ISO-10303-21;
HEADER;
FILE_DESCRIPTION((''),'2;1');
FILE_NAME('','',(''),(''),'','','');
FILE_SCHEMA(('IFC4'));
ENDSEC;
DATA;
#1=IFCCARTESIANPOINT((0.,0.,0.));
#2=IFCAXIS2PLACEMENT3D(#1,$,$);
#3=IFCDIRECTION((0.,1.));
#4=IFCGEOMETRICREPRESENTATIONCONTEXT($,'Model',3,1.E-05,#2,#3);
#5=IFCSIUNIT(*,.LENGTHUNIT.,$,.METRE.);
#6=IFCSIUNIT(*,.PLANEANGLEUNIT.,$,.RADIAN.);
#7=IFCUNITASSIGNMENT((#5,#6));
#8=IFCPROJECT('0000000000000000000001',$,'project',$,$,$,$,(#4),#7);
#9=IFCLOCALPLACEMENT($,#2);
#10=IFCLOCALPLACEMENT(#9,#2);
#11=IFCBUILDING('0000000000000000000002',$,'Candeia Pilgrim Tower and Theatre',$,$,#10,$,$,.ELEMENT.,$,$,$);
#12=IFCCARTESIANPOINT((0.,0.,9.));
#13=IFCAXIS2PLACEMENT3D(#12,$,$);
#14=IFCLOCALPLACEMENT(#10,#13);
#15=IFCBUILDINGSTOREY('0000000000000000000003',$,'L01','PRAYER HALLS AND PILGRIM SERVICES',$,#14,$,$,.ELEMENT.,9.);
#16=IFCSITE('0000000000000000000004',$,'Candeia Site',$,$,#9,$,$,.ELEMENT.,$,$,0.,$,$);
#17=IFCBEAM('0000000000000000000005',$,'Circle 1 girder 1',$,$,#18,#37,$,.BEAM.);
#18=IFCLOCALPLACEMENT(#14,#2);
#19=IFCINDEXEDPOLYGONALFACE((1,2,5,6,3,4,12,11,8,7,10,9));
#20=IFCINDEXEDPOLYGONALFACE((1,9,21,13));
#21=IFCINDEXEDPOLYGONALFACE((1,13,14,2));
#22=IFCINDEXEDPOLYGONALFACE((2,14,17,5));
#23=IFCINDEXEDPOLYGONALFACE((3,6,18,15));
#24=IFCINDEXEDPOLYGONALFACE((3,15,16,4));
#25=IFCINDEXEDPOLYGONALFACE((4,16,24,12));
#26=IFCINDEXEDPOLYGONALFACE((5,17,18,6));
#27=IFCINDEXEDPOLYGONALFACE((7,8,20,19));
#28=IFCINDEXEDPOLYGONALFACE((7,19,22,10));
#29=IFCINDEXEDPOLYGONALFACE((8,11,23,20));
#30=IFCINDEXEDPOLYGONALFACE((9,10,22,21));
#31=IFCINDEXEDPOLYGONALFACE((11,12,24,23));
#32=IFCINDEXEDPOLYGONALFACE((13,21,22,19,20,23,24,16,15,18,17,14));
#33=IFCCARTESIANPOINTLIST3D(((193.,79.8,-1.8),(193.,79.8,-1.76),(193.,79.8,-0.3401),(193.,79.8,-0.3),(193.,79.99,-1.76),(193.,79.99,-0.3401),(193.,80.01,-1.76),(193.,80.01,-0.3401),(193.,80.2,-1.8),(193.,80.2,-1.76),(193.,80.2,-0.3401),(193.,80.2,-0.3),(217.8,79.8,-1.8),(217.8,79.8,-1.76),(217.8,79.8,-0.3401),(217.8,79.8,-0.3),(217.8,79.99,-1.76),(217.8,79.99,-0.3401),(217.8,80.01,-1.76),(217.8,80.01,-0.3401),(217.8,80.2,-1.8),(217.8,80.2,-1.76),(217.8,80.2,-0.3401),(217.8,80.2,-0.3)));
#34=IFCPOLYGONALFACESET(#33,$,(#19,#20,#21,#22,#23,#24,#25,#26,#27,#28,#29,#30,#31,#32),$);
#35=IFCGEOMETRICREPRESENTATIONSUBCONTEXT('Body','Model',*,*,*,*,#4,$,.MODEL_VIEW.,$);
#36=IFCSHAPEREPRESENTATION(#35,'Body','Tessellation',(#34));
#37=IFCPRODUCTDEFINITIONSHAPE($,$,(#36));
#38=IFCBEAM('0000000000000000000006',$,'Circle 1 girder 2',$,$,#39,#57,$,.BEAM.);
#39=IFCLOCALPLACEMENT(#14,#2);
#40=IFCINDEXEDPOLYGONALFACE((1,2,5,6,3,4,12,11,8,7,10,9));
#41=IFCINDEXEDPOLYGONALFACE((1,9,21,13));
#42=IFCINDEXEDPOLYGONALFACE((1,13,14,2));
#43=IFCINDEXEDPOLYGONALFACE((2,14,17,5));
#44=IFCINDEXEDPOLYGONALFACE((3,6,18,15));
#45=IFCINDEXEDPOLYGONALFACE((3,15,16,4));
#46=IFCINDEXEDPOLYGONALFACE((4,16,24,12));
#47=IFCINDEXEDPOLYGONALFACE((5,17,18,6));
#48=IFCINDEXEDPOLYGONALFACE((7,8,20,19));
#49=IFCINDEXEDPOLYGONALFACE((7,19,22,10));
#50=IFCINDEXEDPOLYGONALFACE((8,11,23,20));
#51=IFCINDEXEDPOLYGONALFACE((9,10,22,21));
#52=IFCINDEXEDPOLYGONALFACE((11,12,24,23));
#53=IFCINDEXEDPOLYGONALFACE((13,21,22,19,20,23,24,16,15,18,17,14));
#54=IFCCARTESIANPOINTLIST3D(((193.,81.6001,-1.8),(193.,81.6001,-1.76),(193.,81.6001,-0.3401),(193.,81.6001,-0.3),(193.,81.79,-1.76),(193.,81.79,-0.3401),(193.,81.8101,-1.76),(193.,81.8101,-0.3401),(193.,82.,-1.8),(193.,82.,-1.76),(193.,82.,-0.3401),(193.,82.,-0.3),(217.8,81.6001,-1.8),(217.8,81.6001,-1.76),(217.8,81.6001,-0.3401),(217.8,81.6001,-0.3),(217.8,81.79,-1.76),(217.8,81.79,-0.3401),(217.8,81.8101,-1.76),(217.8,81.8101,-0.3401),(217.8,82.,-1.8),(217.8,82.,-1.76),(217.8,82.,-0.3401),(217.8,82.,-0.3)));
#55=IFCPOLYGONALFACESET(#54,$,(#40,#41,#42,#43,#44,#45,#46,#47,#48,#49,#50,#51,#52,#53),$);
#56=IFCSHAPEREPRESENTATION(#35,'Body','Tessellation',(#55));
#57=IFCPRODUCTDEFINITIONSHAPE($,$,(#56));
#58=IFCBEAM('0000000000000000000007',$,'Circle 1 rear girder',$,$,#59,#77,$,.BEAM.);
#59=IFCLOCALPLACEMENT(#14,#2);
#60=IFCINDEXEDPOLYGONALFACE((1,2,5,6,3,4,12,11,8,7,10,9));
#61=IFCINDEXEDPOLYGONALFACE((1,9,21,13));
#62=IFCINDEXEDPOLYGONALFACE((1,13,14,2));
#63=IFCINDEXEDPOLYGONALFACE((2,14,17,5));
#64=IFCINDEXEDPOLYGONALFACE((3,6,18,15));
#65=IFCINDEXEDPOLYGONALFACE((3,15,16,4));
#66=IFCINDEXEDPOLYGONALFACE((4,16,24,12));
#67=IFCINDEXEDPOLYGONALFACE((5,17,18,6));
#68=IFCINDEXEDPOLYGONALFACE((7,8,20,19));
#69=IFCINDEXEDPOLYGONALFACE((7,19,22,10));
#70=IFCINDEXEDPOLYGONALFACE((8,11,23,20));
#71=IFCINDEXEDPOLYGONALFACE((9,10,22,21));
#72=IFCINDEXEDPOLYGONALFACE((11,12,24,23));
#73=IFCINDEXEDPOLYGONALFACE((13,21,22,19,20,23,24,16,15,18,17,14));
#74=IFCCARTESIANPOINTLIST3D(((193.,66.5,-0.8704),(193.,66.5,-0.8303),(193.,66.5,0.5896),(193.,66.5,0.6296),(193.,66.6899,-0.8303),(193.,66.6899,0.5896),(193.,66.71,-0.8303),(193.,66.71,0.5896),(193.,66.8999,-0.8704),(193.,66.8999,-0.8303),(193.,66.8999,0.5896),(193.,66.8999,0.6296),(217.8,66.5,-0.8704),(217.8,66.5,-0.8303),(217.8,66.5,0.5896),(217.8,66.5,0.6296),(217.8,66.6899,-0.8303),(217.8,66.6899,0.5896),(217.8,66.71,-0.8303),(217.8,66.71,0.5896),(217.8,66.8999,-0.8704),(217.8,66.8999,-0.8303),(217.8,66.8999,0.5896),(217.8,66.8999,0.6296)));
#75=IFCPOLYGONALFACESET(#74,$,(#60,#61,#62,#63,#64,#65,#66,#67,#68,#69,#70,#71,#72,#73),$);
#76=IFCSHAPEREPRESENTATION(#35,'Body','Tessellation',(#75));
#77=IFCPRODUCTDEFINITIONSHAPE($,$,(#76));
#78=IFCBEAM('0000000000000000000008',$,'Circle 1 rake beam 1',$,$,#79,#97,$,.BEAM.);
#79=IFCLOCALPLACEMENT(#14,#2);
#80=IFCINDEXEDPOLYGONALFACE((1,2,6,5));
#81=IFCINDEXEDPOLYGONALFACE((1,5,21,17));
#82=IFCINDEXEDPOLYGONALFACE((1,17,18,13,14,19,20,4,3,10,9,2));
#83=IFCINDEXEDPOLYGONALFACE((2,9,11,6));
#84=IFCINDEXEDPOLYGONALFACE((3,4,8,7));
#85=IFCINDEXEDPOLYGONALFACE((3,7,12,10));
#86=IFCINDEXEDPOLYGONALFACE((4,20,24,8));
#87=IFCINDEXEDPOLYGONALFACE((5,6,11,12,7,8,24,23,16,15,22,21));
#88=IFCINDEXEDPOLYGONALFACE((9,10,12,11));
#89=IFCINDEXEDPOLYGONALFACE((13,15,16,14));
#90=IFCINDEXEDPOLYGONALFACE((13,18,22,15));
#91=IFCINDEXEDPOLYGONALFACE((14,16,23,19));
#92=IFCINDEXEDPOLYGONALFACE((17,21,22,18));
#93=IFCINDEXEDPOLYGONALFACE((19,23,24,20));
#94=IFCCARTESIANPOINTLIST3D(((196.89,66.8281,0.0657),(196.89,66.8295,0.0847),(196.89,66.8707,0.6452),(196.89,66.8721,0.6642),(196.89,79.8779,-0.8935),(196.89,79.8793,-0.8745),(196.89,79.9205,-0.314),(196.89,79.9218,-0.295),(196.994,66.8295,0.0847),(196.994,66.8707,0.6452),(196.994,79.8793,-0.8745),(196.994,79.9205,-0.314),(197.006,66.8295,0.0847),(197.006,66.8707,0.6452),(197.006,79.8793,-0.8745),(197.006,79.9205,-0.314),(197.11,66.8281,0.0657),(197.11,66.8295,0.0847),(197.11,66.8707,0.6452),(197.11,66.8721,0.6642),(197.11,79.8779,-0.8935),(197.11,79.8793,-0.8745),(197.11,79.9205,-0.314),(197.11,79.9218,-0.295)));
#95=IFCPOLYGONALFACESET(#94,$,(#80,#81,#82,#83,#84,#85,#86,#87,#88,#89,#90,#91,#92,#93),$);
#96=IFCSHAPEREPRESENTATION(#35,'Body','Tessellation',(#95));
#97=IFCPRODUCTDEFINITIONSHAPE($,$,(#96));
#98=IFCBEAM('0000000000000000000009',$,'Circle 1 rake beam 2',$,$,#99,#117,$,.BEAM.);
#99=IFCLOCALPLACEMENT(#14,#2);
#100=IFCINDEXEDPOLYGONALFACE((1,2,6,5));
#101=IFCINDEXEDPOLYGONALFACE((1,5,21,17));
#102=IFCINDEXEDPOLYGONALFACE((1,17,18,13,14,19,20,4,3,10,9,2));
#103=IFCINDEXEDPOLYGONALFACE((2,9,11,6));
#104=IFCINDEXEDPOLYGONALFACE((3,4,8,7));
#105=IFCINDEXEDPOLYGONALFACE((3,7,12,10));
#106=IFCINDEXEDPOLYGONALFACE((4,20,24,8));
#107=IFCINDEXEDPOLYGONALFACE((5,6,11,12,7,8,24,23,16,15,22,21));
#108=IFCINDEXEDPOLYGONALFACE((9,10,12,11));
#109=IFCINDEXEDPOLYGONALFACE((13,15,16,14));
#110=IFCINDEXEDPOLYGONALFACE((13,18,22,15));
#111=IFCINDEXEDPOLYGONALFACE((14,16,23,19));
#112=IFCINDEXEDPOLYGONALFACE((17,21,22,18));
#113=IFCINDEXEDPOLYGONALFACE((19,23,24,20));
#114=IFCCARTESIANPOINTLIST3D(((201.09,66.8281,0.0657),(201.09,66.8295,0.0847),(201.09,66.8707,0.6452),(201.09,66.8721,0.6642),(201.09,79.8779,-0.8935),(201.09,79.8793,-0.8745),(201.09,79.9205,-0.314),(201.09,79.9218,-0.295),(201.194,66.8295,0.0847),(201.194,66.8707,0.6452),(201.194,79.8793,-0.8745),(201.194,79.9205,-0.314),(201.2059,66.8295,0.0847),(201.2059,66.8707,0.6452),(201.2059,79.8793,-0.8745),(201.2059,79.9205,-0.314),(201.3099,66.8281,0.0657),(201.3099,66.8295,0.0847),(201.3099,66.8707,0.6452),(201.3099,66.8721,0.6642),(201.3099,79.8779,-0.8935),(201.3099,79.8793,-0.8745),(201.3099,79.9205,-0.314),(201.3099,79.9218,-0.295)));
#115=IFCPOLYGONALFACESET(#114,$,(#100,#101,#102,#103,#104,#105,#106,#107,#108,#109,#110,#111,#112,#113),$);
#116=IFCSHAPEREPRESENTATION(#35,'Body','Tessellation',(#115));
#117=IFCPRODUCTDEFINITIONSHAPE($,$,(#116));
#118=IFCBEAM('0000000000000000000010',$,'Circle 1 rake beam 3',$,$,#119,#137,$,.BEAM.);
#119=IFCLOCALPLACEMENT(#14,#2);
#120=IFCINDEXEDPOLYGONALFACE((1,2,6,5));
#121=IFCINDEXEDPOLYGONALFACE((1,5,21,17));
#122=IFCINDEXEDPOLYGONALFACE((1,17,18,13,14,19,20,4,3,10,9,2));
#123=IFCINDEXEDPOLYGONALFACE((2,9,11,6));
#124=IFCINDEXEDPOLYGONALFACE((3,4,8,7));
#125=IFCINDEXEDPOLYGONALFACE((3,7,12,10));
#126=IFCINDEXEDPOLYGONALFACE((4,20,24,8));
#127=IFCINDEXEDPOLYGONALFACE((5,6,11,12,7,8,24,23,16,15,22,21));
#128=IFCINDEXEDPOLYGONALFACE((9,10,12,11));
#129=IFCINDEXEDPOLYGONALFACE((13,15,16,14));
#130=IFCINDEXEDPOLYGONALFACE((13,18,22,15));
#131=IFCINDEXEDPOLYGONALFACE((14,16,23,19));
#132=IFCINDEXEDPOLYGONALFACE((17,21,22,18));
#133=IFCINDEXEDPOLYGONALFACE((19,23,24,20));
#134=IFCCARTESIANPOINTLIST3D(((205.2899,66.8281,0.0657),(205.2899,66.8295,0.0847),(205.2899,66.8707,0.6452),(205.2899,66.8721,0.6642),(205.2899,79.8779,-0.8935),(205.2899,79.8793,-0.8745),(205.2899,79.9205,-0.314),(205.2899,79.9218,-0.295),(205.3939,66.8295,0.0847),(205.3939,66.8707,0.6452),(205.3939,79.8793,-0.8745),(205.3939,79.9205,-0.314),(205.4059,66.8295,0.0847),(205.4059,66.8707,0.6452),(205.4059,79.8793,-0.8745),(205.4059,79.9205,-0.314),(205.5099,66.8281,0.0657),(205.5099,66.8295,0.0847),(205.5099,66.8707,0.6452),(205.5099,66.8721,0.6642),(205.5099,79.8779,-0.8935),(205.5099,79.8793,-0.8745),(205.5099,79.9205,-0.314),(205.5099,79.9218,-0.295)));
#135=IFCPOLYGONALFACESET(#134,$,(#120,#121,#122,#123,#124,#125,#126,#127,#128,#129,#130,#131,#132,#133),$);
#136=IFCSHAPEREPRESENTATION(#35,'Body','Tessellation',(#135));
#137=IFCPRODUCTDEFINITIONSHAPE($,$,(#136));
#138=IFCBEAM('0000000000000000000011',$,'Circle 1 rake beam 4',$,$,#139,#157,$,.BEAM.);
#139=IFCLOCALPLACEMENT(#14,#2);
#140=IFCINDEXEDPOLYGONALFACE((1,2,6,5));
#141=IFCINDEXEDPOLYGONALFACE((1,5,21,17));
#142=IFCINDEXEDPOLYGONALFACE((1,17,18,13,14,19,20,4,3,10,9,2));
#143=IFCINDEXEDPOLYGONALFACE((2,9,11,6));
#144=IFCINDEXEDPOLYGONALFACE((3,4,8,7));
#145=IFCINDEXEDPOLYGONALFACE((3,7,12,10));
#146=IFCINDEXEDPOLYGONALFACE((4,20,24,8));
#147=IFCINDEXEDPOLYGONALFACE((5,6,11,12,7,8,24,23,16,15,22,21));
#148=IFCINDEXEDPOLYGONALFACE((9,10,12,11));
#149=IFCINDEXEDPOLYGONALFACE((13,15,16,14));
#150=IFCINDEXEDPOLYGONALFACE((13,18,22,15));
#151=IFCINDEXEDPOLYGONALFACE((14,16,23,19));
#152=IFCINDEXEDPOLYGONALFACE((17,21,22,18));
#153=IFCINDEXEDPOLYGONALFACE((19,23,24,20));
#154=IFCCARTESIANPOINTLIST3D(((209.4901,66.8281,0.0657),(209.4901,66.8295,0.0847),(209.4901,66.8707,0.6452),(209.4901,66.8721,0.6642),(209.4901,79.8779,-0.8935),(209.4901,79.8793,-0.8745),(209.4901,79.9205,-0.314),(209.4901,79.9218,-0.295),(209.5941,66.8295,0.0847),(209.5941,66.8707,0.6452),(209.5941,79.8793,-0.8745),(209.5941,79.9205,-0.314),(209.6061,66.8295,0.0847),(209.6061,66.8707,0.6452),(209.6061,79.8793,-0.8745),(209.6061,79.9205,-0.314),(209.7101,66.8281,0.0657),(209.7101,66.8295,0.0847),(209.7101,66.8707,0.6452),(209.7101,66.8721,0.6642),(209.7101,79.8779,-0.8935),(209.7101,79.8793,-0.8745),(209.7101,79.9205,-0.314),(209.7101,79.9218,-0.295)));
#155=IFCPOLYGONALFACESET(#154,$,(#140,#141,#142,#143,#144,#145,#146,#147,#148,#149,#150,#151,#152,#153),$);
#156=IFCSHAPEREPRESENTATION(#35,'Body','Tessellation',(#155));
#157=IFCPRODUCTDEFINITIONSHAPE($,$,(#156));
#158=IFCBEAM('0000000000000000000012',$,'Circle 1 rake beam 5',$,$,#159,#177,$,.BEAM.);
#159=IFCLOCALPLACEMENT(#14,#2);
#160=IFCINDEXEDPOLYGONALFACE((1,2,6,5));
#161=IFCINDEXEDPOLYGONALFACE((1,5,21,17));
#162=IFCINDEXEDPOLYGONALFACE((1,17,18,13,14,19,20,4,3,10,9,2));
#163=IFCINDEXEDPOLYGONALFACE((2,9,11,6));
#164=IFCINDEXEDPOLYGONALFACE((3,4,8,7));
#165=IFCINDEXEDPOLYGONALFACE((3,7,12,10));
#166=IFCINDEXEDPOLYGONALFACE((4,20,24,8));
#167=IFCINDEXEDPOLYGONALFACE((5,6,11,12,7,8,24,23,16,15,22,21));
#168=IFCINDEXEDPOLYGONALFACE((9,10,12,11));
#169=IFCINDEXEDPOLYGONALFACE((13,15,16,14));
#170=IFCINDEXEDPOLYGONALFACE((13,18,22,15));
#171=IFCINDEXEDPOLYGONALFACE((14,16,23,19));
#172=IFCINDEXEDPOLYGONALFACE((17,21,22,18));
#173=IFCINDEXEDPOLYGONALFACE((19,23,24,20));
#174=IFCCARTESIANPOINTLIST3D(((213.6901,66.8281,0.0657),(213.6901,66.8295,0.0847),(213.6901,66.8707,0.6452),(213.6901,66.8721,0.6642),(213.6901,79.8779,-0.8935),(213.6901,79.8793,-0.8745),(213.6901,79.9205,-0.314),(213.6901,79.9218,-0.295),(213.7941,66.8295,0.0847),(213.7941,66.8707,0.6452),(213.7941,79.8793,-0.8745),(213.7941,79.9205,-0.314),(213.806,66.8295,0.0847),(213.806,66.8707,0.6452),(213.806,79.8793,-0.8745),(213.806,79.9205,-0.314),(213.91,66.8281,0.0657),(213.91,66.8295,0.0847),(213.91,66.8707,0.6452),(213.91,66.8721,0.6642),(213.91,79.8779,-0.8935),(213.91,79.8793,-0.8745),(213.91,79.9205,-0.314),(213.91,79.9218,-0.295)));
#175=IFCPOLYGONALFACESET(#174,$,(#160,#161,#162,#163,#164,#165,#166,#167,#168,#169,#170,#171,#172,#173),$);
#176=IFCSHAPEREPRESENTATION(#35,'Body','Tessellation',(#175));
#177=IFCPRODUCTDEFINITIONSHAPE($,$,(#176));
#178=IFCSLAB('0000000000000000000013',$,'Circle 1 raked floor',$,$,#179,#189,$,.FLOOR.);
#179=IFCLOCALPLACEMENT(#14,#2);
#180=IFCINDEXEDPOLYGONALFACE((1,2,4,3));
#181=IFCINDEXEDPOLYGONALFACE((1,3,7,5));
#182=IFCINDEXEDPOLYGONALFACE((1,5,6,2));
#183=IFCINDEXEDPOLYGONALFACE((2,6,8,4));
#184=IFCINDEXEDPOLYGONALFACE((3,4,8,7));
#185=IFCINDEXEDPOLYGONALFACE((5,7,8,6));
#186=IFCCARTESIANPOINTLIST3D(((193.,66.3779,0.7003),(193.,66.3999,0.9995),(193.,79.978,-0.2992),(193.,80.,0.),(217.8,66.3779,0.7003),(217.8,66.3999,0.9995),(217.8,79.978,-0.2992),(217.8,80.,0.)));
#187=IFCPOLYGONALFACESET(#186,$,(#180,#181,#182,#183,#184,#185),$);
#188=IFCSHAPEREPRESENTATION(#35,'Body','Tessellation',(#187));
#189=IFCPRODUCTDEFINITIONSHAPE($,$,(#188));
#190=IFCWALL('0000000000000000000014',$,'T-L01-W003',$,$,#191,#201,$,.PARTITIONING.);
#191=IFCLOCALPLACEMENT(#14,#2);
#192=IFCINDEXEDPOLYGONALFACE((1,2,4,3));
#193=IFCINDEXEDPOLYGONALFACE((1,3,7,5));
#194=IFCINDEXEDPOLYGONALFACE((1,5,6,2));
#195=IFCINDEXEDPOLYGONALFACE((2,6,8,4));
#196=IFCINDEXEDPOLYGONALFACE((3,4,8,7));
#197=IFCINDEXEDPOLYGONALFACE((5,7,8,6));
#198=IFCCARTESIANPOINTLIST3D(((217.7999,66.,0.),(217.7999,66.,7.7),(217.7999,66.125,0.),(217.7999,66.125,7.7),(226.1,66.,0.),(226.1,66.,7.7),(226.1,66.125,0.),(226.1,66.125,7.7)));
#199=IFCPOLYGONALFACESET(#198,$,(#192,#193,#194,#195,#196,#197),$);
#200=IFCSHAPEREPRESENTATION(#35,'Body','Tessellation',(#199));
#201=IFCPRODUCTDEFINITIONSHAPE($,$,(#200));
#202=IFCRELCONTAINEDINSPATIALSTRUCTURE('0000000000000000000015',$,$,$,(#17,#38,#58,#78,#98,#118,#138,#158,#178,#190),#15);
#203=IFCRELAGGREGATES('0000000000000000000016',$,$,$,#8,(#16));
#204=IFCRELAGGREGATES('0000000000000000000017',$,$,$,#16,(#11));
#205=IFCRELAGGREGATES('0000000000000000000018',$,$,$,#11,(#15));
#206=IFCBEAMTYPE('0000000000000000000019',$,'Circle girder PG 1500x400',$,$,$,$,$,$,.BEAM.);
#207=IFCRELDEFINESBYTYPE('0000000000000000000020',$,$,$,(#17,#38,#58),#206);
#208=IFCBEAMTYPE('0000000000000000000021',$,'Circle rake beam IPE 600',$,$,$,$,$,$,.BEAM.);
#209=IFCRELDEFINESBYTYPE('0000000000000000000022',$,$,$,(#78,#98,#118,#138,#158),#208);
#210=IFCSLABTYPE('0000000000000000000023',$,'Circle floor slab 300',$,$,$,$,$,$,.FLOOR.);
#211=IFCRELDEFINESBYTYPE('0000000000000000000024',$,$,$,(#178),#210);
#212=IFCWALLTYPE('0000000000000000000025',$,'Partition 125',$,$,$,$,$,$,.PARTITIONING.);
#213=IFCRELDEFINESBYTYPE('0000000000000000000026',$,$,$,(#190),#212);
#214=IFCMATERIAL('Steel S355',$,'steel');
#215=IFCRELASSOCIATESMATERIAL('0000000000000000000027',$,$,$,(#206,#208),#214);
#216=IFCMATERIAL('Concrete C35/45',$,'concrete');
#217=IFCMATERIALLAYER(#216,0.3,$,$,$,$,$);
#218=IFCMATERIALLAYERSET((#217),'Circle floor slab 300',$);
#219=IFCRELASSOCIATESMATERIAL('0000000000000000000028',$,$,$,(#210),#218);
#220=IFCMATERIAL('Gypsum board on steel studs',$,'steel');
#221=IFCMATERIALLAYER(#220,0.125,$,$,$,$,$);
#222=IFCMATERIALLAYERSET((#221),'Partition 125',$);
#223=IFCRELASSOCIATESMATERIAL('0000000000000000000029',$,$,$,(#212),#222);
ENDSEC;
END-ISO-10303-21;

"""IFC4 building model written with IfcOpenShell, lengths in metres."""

from ifc_helpers import new_model, si_unit, direction, frame, frame_2d, origin, origin_2d, place, context, subcontext, project, spatial, polyline, rectangle, i_section, outline, extrude, material, layer, layer_set, material_profile, profile_set, type_object, element, save


model = new_model("IFC4")

# Units and contexts
model_context = context("Model", 3, precision=1e-05, world=origin(), true_north=direction((0.0, 1.0)))
body_context = subcontext(model_context, "Body", "Model", "MODEL_VIEW")
ifc_project = project(units=[si_unit("LENGTHUNIT", "METRE"), si_unit("PLANEANGLEUNIT", "RADIAN")], contexts=[model_context])

# Site, building, storey
site_placement = place(None, origin())
site = spatial("IfcSite", under=ifc_project, at=site_placement, Name="Candeia Site", CompositionType="ELEMENT", RefElevation=0.0)
building_placement = place(site_placement, origin())
building = spatial("IfcBuilding", under=site, at=building_placement, Name="Candeia Pilgrim Tower and Theatre", CompositionType="ELEMENT")
storey_placement = place(building_placement, frame((0.0, 0.0, 9.0)))
storey = spatial("IfcBuildingStorey", under=building, at=storey_placement, Name="L01", Description="PRAYER HALLS AND PILGRIM SERVICES", CompositionType="ELEMENT", Elevation=9.0)

# Beams
ifc_material_1 = material(Name="Steel S355", Category="steel")
ifc_material_profile_1 = material_profile(ifc_material_1, i_section(OverallWidth=0.3999, OverallDepth=1.5, WebThickness=0.02, FlangeThickness=0.04, at=origin_2d()))
ifc_profile_set_1 = profile_set([ifc_material_profile_1], Name="Steel S355")
beam_type_1 = type_object("IfcBeamType", Name="Circle girder PG 1500x400", PredefinedType="BEAM", material=ifc_profile_set_1)
for number, where, z_axis, x_axis, name in (
    (1, (193.0, 80.0, -1.05), (1.0, 0.0, 0.0), (0.0, 1.0, 0.0), "Circle 1 girder 1"),
    (2, (193.0, 81.8, -1.05), (1.0, 0.0, 0.0), (0.0, 1.0, 0.0), "Circle 1 girder 2"),
    (3, (193.0, 66.7, -0.1204), (1.0, 0.0, 0.0), (0.0, 1.0, 0.0), "Circle 1 rear girder"),
):
    element("IfcBeam", number, at=place(storey_placement, frame(where, z_axis=z_axis, x_axis=x_axis)), inside=storey, type_object=beam_type_1, Name=name, PredefinedType="BEAM", context=body_context, shape_type="SweptSolid", body=[
        extrude(i_section(OverallWidth=0.3999, OverallDepth=1.5, WebThickness=0.02, FlangeThickness=0.04, at=origin_2d()), origin(), (0.0, 0.0, 1.0), 24.8),
    ])
ifc_material_profile_2 = material_profile(ifc_material_1, i_section(OverallWidth=0.22, OverallDepth=0.6001, WebThickness=0.012, FlangeThickness=0.019, at=origin_2d()))
ifc_profile_set_2 = profile_set([ifc_material_profile_2], Name="Steel S355")
beam_type_2 = type_object("IfcBeamType", Name="Circle rake beam IPE 600", PredefinedType="BEAM", material=ifc_profile_set_2)
for number, where, z_axis, x_axis, name in (
    (4, (197.0, 66.8501, 0.365), (0.0, 0.997309, -0.073307), (-1.0, 0.0, 0.0), "Circle 1 rake beam 1"),
    (5, (201.2, 66.8501, 0.365), (0.0, 0.997309, -0.073307), (-1.0, 0.0, 0.0), "Circle 1 rake beam 2"),
    (6, (205.3999, 66.8501, 0.365), (0.0, 0.997309, -0.073307), (-1.0, 0.0, 0.0), "Circle 1 rake beam 3"),
    (7, (209.6001, 66.8501, 0.365), (0.0, 0.997309, -0.073307), (-1.0, 0.0, 0.0), "Circle 1 rake beam 4"),
    (8, (213.8, 66.8501, 0.365), (0.0, 0.997309, -0.073307), (-1.0, 0.0, 0.0), "Circle 1 rake beam 5"),
):
    element("IfcBeam", number, at=place(storey_placement, frame(where, z_axis=z_axis, x_axis=x_axis)), inside=storey, type_object=beam_type_2, Name=name, PredefinedType="BEAM", context=body_context, shape_type="SweptSolid", body=[
        extrude(i_section(OverallWidth=0.22, OverallDepth=0.6001, WebThickness=0.012, FlangeThickness=0.019, at=origin_2d()), origin(), (0.0, 0.0, 1.0), 13.085),
    ])

# Slab
ifc_material_2 = material(Name="Concrete C35/45", Category="concrete")
ifc_layer_1 = layer(ifc_material_2, 0.3)
ifc_layer_set_1 = layer_set([ifc_layer_1], Name="Circle floor slab 300")
slab_type = type_object("IfcSlabType", Name="Circle floor slab 300", PredefinedType="FLOOR", material=ifc_layer_set_1)
slab_placement = place(storey_placement, frame((193.0, 66.3999, 0.9995), z_axis=(0.0, 0.073295, 0.99731), x_axis=(1.0, 0.0, 0.0)))
element("IfcSlab", 9, at=slab_placement, inside=storey, type_object=slab_type, Name="Circle 1 raked floor", PredefinedType="FLOOR", context=body_context, shape_type="SweptSolid", body=[
    extrude(outline(polyline([(0.0, 0.0), (24.8, 0.0), (24.8, 13.6368), (0.0, 13.6368), (0.0, 0.0)])), origin(), (0.0, 0.0, -1.0), 0.3),
])

# Wall
ifc_material_3 = material(Name="Gypsum board on steel studs", Category="steel")
ifc_layer_2 = layer(ifc_material_3, 0.125)
ifc_layer_set_2 = layer_set([ifc_layer_2], Name="Partition 125")
wall_type_1 = type_object("IfcWallType", Name="Partition 125", PredefinedType="PARTITIONING", material=ifc_layer_set_2)
wall_1_placement = place(storey_placement, frame((217.8, 66.0625, 0.0), z_axis=(0.0, 0.0, 1.0), x_axis=(1.0, 0.0, 0.0)))
element("IfcWall", 10, at=wall_1_placement, inside=storey, type_object=wall_type_1, Name="T-L01-W003", PredefinedType="PARTITIONING", context=body_context, shape_type="SweptSolid", body=[
    extrude(rectangle(XDim=8.3, YDim=0.125, at=frame_2d((4.1499, 0.0))), origin(), (0.0, 0.0, 1.0), 7.7),
])

save(model, "model.ifc")
